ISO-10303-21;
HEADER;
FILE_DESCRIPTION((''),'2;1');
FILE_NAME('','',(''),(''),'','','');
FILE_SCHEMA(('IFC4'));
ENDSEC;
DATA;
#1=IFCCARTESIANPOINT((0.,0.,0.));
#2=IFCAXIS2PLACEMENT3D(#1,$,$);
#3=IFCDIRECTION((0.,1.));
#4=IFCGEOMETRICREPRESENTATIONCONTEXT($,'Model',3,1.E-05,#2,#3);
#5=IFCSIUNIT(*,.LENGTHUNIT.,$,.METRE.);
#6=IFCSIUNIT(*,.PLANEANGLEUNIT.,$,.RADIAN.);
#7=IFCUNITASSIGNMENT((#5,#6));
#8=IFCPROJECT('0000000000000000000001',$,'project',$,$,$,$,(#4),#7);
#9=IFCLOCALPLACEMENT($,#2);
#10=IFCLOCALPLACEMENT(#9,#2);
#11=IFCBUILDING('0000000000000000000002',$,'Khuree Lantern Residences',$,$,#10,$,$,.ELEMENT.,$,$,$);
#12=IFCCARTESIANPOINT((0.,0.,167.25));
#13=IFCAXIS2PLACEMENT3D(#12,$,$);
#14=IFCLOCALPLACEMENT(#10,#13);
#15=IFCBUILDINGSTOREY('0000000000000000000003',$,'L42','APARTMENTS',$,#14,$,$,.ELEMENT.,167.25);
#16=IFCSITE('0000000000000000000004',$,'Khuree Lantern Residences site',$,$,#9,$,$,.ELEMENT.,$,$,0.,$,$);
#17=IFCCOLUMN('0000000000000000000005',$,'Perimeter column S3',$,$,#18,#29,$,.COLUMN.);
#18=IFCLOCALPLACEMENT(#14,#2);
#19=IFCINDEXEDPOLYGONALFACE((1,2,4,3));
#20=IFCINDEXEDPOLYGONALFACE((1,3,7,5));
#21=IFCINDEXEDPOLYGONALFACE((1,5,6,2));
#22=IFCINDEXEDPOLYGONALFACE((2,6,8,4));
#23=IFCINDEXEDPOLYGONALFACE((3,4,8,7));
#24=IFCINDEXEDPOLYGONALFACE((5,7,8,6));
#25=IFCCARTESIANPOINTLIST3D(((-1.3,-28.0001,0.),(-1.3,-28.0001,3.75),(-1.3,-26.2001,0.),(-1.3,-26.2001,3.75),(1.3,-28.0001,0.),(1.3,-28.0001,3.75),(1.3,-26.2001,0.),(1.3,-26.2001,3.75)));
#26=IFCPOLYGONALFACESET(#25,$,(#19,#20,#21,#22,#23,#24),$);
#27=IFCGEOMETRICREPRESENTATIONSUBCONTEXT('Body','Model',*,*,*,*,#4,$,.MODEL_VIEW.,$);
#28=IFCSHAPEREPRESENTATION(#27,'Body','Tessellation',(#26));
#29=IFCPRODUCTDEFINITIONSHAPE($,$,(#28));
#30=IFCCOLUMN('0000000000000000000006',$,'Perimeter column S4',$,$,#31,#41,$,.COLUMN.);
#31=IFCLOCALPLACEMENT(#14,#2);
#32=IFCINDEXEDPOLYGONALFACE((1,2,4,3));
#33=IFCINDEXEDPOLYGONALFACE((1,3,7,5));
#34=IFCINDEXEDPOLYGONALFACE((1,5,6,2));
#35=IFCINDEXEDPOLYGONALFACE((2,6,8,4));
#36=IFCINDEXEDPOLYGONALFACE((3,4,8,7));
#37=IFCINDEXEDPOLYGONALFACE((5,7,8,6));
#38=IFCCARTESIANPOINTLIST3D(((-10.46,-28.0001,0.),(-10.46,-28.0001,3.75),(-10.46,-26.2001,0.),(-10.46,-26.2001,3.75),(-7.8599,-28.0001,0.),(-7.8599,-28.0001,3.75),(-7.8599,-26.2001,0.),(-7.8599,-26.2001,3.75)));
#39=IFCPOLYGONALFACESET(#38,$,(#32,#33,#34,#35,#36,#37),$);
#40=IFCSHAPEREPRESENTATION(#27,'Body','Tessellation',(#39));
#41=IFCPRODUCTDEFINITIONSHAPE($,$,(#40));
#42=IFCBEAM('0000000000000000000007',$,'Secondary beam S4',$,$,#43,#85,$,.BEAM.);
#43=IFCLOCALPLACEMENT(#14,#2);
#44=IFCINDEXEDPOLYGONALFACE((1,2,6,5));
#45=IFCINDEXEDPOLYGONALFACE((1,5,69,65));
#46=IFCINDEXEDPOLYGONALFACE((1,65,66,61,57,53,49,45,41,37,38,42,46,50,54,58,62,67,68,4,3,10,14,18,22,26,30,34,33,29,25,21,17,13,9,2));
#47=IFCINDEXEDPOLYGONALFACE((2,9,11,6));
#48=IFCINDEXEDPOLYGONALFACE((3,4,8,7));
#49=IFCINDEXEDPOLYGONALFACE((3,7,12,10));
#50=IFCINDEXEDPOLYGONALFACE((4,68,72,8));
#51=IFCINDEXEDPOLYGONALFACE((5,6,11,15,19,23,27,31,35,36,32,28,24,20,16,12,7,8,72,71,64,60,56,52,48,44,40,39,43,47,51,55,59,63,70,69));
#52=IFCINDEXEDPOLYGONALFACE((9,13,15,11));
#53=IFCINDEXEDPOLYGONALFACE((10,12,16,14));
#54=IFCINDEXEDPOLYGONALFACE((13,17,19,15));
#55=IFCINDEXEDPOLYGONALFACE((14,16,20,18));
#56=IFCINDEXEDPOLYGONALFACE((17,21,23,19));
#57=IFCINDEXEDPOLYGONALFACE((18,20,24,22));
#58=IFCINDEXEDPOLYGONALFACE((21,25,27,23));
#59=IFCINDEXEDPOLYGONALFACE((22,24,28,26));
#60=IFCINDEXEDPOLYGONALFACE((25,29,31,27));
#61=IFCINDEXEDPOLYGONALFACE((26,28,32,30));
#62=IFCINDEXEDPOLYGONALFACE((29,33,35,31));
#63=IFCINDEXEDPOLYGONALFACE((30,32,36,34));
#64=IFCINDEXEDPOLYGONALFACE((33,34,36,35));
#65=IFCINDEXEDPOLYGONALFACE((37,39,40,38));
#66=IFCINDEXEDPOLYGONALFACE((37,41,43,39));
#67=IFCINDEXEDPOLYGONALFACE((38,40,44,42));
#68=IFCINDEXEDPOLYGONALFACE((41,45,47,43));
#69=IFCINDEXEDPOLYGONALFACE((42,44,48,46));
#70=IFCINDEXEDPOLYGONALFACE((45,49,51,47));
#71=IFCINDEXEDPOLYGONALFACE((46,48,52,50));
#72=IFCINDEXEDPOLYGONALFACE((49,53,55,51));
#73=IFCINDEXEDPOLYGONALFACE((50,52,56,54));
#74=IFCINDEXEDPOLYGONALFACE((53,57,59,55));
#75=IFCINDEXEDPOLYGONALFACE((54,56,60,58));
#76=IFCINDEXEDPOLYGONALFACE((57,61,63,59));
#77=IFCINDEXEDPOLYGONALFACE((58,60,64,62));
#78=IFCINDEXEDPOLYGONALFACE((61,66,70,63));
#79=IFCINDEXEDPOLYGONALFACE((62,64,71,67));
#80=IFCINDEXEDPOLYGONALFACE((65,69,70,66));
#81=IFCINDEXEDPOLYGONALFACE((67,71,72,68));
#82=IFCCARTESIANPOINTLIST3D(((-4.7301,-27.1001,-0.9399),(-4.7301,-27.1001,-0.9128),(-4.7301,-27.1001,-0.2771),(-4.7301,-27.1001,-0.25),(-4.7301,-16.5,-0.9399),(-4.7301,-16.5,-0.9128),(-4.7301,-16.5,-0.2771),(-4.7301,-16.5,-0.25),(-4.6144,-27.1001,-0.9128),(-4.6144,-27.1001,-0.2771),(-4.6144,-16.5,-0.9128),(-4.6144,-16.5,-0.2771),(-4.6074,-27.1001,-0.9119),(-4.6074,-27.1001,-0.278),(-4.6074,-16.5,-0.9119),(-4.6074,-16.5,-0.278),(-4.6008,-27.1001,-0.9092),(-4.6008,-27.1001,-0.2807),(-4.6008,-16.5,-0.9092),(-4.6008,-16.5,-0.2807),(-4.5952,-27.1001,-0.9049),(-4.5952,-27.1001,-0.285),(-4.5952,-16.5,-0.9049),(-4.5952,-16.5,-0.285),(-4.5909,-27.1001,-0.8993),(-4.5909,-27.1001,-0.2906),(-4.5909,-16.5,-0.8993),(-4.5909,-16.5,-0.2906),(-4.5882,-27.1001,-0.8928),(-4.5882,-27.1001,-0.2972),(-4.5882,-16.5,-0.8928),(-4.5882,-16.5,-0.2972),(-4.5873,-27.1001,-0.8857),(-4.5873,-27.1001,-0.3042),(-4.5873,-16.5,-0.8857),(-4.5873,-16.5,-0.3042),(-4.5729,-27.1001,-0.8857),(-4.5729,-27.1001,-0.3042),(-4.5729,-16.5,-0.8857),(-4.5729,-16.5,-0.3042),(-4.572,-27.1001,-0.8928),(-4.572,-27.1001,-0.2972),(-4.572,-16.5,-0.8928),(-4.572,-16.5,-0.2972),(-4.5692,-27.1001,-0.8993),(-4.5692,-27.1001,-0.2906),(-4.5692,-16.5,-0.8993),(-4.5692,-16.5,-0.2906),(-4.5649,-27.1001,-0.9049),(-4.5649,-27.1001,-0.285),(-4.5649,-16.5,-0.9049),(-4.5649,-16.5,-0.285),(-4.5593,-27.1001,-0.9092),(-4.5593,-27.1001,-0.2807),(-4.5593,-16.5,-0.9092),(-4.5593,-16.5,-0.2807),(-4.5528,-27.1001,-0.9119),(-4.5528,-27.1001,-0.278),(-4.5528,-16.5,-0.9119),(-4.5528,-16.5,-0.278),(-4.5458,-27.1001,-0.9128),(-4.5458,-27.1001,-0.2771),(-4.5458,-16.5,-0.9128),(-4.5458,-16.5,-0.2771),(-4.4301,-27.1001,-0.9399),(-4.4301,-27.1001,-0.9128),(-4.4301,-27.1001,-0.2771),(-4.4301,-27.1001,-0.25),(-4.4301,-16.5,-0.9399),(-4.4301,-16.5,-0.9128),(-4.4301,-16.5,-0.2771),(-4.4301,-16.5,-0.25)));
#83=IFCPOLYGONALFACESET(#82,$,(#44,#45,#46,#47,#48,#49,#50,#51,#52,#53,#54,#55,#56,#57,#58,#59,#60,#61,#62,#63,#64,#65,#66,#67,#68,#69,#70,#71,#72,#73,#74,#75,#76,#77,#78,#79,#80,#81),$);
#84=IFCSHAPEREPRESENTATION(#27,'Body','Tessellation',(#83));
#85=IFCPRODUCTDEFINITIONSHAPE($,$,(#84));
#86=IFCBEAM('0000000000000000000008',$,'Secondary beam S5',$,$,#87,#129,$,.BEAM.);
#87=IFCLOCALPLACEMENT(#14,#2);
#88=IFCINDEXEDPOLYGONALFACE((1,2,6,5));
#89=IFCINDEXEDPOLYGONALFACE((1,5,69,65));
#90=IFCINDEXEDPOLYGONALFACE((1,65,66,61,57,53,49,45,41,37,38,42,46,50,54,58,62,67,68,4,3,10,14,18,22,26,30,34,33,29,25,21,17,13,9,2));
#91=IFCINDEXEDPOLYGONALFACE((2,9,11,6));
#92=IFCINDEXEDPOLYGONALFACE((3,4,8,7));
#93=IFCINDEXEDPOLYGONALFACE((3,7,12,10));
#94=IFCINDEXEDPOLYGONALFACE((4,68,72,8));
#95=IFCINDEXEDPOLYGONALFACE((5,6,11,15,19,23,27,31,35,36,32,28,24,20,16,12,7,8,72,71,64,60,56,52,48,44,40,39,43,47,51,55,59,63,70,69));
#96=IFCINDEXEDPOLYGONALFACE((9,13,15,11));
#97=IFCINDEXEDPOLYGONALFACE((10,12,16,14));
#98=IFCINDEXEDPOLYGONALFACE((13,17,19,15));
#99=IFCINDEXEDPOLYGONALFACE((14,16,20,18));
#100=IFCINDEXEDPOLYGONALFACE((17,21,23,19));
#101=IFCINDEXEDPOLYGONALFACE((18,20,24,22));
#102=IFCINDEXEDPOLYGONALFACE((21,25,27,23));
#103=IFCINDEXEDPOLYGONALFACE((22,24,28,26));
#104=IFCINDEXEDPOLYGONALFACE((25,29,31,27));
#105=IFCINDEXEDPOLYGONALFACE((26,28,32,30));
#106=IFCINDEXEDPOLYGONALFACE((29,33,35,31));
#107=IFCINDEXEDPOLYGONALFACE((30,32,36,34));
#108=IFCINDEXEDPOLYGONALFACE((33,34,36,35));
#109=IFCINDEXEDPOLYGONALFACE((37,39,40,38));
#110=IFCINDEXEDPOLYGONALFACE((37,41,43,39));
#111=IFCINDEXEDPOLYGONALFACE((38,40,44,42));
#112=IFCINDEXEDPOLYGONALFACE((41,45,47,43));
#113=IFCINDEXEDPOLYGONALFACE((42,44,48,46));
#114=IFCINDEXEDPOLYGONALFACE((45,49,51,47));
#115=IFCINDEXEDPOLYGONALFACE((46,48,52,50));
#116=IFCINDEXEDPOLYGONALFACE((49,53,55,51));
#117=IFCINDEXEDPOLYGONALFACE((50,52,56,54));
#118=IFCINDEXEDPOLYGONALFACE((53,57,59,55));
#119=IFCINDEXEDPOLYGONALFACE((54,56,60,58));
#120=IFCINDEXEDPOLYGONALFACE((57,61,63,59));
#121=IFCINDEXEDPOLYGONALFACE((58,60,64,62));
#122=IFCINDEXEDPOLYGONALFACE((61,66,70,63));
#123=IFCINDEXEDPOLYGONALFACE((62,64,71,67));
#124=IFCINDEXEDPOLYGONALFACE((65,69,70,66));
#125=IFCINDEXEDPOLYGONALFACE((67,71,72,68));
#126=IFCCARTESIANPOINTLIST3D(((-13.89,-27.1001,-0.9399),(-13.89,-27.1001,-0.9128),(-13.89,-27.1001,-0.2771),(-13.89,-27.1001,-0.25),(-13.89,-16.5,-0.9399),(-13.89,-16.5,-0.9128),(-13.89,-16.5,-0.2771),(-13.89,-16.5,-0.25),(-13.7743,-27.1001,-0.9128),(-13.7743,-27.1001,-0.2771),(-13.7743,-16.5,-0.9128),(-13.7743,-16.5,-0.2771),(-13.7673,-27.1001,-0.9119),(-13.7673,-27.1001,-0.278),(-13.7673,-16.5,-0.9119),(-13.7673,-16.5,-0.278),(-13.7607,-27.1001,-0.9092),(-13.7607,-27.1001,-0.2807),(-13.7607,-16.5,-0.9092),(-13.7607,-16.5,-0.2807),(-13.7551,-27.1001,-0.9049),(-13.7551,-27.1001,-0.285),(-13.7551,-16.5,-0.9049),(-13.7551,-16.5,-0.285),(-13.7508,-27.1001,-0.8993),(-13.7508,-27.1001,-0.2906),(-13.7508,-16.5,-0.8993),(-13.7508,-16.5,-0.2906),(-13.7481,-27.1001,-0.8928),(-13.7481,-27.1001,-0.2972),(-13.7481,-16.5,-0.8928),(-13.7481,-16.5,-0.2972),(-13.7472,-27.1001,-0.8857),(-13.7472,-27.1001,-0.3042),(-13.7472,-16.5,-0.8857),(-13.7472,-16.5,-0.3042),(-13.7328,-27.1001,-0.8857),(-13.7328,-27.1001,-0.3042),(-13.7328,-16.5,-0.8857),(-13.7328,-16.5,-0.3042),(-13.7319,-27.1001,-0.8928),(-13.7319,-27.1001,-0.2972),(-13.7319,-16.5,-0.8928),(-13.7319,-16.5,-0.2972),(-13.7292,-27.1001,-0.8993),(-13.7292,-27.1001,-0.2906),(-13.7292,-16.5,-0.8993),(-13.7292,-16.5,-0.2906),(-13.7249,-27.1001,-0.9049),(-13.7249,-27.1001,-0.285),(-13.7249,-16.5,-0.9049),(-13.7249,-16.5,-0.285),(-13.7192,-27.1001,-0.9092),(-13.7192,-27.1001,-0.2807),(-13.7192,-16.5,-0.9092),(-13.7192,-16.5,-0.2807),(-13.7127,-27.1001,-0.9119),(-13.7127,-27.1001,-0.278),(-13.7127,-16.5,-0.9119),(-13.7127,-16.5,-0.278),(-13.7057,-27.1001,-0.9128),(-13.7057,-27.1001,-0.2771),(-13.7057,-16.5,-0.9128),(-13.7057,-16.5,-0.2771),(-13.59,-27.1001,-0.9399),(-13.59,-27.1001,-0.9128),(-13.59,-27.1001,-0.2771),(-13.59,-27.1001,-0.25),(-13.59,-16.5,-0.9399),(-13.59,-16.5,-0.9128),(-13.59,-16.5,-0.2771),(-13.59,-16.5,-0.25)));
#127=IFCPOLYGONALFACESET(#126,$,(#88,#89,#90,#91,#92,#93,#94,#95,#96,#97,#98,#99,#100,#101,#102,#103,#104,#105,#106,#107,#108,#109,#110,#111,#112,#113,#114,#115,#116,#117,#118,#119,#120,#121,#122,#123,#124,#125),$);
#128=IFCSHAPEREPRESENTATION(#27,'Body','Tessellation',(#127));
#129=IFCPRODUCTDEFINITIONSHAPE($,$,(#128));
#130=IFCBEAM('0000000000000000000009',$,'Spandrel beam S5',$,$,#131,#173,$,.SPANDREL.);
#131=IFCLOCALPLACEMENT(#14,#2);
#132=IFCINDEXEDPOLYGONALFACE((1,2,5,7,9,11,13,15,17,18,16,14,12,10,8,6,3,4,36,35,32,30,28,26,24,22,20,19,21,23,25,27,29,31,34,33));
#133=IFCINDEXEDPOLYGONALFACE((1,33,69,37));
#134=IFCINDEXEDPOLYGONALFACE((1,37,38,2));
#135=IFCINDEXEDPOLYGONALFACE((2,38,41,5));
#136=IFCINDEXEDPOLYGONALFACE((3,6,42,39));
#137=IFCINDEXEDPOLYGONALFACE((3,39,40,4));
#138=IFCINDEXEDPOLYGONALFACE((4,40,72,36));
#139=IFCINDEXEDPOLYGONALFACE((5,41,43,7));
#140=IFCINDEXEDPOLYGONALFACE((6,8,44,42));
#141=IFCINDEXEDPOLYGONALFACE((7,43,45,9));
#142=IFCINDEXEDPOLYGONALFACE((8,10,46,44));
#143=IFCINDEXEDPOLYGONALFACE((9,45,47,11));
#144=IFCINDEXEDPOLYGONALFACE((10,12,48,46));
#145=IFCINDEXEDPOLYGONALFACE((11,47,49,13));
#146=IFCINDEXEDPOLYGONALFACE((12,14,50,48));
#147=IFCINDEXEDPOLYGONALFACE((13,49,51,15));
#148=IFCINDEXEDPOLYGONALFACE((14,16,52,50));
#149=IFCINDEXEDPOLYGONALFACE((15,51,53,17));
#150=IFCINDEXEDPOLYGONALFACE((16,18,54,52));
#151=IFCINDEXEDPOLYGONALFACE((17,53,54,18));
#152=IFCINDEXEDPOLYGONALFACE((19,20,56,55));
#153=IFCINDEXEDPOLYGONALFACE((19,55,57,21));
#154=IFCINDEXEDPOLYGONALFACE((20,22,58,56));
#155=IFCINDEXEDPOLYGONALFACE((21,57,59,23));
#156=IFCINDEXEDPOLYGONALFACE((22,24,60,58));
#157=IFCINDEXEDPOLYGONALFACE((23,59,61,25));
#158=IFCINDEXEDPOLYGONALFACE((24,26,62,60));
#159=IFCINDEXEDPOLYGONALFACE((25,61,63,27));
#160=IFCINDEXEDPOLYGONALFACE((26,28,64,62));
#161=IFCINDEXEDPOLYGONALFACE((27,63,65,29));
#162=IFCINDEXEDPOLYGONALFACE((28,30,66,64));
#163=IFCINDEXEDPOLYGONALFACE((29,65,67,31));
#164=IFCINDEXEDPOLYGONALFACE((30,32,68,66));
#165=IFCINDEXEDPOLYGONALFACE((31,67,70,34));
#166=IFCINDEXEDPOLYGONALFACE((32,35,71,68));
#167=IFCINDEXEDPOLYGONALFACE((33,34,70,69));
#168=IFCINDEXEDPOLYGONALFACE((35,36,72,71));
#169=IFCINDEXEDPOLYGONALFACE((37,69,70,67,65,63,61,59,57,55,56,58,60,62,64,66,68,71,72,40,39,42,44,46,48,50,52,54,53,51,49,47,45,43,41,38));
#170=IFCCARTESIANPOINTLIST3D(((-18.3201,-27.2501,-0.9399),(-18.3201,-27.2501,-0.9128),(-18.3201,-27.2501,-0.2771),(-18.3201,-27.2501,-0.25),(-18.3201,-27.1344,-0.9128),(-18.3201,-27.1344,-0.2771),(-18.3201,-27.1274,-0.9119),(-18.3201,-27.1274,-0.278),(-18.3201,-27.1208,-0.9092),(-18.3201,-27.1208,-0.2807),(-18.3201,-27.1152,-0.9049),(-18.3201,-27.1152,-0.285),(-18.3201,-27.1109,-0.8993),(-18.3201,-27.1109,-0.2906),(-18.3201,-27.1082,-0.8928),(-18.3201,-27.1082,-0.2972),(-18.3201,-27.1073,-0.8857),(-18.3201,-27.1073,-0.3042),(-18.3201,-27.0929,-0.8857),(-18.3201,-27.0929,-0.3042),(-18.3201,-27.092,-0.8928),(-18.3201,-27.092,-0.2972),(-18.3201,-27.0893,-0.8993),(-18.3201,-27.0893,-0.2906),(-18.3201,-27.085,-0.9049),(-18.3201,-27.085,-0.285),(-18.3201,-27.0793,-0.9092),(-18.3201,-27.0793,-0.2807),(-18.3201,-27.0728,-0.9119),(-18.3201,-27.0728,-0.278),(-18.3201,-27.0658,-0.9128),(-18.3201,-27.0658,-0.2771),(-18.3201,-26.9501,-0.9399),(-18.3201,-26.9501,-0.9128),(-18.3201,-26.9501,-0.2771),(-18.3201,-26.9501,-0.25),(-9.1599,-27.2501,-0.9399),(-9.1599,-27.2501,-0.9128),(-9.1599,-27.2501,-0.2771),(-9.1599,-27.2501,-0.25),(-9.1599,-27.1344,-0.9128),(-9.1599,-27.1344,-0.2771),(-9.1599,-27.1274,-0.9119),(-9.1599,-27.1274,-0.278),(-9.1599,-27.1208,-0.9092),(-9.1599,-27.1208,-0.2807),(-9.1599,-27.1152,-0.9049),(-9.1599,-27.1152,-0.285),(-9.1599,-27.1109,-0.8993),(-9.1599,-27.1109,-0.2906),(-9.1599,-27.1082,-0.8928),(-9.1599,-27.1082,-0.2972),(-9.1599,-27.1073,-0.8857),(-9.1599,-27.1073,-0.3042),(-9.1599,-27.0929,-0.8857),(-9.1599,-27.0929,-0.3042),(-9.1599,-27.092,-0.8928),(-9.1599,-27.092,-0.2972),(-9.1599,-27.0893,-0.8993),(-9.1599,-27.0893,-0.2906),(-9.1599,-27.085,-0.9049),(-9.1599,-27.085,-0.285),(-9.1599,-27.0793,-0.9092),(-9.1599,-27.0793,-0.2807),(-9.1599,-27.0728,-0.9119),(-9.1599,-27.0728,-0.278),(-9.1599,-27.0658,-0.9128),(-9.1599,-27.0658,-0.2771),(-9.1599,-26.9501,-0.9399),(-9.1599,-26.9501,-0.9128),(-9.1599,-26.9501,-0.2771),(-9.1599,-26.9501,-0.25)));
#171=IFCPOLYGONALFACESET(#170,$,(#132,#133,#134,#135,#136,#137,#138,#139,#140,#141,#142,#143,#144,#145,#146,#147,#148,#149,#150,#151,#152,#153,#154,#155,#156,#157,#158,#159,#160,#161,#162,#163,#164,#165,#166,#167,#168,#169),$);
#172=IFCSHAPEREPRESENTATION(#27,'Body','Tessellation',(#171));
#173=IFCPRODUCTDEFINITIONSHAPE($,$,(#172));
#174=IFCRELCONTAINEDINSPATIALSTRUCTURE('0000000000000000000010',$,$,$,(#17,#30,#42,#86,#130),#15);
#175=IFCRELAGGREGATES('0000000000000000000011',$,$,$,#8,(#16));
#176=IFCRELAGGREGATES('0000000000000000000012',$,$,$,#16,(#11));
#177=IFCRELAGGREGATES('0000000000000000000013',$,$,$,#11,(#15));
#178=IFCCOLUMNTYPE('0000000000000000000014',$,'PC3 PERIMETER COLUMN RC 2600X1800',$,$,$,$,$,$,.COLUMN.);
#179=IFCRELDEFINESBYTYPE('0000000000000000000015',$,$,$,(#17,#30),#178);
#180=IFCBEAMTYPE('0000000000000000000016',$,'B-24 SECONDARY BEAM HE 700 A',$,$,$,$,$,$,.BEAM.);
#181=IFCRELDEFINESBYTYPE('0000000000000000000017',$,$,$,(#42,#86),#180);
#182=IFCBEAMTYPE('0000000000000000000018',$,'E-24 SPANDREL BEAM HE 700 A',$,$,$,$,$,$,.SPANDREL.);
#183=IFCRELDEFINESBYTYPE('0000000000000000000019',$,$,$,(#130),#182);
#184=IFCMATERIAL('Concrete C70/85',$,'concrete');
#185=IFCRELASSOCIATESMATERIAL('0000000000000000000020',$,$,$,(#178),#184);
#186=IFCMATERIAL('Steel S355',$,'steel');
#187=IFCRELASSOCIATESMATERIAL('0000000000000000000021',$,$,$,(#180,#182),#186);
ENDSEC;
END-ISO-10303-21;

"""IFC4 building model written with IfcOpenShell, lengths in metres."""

from ifc_helpers import new_model, si_unit, direction, frame, origin, origin_2d, place, context, subcontext, project, spatial, rectangle, i_section, extrude, material, material_profile, profile_set, type_object, element, save


model = new_model("IFC4")

# Units and contexts
model_context = context("Model", 3, precision=1e-05, world=origin(), true_north=direction((0.0, 1.0)))
body_context = subcontext(model_context, "Body", "Model", "MODEL_VIEW")
ifc_project = project(units=[si_unit("LENGTHUNIT", "METRE"), si_unit("PLANEANGLEUNIT", "RADIAN")], contexts=[model_context])

# Site, building, storey
site_placement = place(None, origin())
site = spatial("IfcSite", under=ifc_project, at=site_placement, Name="Khuree Lantern Residences site", CompositionType="ELEMENT", RefElevation=0.0)
building_placement = place(site_placement, origin())
building = spatial("IfcBuilding", under=site, at=building_placement, Name="Khuree Lantern Residences", CompositionType="ELEMENT")
storey_placement = place(building_placement, frame((0.0, 0.0, 167.25)))
storey = spatial("IfcBuildingStorey", under=building, at=storey_placement, Name="L42", Description="APARTMENTS", CompositionType="ELEMENT", Elevation=167.25)

# Columns
ifc_material_1 = material(Name="Concrete C70/85", Category="concrete")
ifc_material_profile_1 = material_profile(ifc_material_1, rectangle(XDim=2.6001, YDim=1.8, at=origin_2d()), Name="RC 2600X1800")
ifc_profile_set_1 = profile_set([ifc_material_profile_1], Name="Concrete C70/85")
column_type = type_object("IfcColumnType", Name="PC3 PERIMETER COLUMN RC 2600X1800", PredefinedType="COLUMN", material=ifc_profile_set_1)
for number, where, z_axis, x_axis, name in (
    (1, (0.0, -27.1001, 0.0), (0.0, 0.0, 1.0), (1.0, 0.0, 0.0), "Perimeter column S3"),
    (2, (-9.1599, -27.1001, 0.0), (0.0, 0.0, 1.0), (1.0, 0.0, 0.0), "Perimeter column S4"),
):
    element("IfcColumn", number, at=place(storey_placement, frame(where, z_axis=z_axis, x_axis=x_axis)), inside=storey, type_object=column_type, Name=name, PredefinedType="COLUMN", context=body_context, shape_type="SweptSolid", body=[
        extrude(rectangle(XDim=2.6001, YDim=1.8, at=origin_2d()), origin(), (0.0, 0.0, 1.0), 3.75),
    ])

# Beams
ifc_material_2 = material(Name="Steel S355", Category="steel")
ifc_material_profile_2 = material_profile(ifc_material_2, i_section(OverallWidth=0.3, OverallDepth=0.6899, WebThickness=0.0144, FlangeThickness=0.0271, FilletRadius=0.0271, at=origin_2d()), Name="HE 700 A")
ifc_profile_set_2 = profile_set([ifc_material_profile_2], Name="Steel S355")
beam_type_1 = type_object("IfcBeamType", Name="B-24 SECONDARY BEAM HE 700 A", PredefinedType="BEAM", material=ifc_profile_set_2)
for number, where, z_axis, x_axis, name in (
    (3, (-4.5801, -27.1001, -0.595), (0.0, 1.0, 0.0), (-1.0, 0.0, 0.0), "Secondary beam S4"),
    (4, (-13.74, -27.1001, -0.595), (0.0, 1.0, 0.0), (-1.0, 0.0, 0.0), "Secondary beam S5"),
):
    element("IfcBeam", number, at=place(storey_placement, frame(where, z_axis=z_axis, x_axis=x_axis)), inside=storey, type_object=beam_type_1, Name=name, PredefinedType="BEAM", context=body_context, shape_type="SweptSolid", body=[
        extrude(i_section(OverallWidth=0.3, OverallDepth=0.6899, WebThickness=0.0144, FlangeThickness=0.0271, FilletRadius=0.0271, at=origin_2d()), origin(), (0.0, 0.0, 1.0), 10.6001),
    ])
ifc_material_profile_3 = material_profile(ifc_material_2, i_section(OverallWidth=0.3, OverallDepth=0.6899, WebThickness=0.0144, FlangeThickness=0.0271, FilletRadius=0.0271, at=origin_2d()), Name="HE 700 A")
ifc_profile_set_3 = profile_set([ifc_material_profile_3], Name="Steel S355")
beam_type_2 = type_object("IfcBeamType", Name="E-24 SPANDREL BEAM HE 700 A", PredefinedType="SPANDREL", material=ifc_profile_set_3)
beam_1_placement = place(storey_placement, frame((-9.1599, -27.1001, -0.595), z_axis=(-1.0, 0.0, 0.0), x_axis=(0.0, -1.0, 0.0)))
element("IfcBeam", 5, at=beam_1_placement, inside=storey, type_object=beam_type_2, Name="Spandrel beam S5", PredefinedType="SPANDREL", context=body_context, shape_type="SweptSolid", body=[
    extrude(i_section(OverallWidth=0.3, OverallDepth=0.6899, WebThickness=0.0144, FlangeThickness=0.0271, FilletRadius=0.0271, at=origin_2d()), origin(), (0.0, 0.0, 1.0), 9.1602),
])

save(model, "model.ifc")
